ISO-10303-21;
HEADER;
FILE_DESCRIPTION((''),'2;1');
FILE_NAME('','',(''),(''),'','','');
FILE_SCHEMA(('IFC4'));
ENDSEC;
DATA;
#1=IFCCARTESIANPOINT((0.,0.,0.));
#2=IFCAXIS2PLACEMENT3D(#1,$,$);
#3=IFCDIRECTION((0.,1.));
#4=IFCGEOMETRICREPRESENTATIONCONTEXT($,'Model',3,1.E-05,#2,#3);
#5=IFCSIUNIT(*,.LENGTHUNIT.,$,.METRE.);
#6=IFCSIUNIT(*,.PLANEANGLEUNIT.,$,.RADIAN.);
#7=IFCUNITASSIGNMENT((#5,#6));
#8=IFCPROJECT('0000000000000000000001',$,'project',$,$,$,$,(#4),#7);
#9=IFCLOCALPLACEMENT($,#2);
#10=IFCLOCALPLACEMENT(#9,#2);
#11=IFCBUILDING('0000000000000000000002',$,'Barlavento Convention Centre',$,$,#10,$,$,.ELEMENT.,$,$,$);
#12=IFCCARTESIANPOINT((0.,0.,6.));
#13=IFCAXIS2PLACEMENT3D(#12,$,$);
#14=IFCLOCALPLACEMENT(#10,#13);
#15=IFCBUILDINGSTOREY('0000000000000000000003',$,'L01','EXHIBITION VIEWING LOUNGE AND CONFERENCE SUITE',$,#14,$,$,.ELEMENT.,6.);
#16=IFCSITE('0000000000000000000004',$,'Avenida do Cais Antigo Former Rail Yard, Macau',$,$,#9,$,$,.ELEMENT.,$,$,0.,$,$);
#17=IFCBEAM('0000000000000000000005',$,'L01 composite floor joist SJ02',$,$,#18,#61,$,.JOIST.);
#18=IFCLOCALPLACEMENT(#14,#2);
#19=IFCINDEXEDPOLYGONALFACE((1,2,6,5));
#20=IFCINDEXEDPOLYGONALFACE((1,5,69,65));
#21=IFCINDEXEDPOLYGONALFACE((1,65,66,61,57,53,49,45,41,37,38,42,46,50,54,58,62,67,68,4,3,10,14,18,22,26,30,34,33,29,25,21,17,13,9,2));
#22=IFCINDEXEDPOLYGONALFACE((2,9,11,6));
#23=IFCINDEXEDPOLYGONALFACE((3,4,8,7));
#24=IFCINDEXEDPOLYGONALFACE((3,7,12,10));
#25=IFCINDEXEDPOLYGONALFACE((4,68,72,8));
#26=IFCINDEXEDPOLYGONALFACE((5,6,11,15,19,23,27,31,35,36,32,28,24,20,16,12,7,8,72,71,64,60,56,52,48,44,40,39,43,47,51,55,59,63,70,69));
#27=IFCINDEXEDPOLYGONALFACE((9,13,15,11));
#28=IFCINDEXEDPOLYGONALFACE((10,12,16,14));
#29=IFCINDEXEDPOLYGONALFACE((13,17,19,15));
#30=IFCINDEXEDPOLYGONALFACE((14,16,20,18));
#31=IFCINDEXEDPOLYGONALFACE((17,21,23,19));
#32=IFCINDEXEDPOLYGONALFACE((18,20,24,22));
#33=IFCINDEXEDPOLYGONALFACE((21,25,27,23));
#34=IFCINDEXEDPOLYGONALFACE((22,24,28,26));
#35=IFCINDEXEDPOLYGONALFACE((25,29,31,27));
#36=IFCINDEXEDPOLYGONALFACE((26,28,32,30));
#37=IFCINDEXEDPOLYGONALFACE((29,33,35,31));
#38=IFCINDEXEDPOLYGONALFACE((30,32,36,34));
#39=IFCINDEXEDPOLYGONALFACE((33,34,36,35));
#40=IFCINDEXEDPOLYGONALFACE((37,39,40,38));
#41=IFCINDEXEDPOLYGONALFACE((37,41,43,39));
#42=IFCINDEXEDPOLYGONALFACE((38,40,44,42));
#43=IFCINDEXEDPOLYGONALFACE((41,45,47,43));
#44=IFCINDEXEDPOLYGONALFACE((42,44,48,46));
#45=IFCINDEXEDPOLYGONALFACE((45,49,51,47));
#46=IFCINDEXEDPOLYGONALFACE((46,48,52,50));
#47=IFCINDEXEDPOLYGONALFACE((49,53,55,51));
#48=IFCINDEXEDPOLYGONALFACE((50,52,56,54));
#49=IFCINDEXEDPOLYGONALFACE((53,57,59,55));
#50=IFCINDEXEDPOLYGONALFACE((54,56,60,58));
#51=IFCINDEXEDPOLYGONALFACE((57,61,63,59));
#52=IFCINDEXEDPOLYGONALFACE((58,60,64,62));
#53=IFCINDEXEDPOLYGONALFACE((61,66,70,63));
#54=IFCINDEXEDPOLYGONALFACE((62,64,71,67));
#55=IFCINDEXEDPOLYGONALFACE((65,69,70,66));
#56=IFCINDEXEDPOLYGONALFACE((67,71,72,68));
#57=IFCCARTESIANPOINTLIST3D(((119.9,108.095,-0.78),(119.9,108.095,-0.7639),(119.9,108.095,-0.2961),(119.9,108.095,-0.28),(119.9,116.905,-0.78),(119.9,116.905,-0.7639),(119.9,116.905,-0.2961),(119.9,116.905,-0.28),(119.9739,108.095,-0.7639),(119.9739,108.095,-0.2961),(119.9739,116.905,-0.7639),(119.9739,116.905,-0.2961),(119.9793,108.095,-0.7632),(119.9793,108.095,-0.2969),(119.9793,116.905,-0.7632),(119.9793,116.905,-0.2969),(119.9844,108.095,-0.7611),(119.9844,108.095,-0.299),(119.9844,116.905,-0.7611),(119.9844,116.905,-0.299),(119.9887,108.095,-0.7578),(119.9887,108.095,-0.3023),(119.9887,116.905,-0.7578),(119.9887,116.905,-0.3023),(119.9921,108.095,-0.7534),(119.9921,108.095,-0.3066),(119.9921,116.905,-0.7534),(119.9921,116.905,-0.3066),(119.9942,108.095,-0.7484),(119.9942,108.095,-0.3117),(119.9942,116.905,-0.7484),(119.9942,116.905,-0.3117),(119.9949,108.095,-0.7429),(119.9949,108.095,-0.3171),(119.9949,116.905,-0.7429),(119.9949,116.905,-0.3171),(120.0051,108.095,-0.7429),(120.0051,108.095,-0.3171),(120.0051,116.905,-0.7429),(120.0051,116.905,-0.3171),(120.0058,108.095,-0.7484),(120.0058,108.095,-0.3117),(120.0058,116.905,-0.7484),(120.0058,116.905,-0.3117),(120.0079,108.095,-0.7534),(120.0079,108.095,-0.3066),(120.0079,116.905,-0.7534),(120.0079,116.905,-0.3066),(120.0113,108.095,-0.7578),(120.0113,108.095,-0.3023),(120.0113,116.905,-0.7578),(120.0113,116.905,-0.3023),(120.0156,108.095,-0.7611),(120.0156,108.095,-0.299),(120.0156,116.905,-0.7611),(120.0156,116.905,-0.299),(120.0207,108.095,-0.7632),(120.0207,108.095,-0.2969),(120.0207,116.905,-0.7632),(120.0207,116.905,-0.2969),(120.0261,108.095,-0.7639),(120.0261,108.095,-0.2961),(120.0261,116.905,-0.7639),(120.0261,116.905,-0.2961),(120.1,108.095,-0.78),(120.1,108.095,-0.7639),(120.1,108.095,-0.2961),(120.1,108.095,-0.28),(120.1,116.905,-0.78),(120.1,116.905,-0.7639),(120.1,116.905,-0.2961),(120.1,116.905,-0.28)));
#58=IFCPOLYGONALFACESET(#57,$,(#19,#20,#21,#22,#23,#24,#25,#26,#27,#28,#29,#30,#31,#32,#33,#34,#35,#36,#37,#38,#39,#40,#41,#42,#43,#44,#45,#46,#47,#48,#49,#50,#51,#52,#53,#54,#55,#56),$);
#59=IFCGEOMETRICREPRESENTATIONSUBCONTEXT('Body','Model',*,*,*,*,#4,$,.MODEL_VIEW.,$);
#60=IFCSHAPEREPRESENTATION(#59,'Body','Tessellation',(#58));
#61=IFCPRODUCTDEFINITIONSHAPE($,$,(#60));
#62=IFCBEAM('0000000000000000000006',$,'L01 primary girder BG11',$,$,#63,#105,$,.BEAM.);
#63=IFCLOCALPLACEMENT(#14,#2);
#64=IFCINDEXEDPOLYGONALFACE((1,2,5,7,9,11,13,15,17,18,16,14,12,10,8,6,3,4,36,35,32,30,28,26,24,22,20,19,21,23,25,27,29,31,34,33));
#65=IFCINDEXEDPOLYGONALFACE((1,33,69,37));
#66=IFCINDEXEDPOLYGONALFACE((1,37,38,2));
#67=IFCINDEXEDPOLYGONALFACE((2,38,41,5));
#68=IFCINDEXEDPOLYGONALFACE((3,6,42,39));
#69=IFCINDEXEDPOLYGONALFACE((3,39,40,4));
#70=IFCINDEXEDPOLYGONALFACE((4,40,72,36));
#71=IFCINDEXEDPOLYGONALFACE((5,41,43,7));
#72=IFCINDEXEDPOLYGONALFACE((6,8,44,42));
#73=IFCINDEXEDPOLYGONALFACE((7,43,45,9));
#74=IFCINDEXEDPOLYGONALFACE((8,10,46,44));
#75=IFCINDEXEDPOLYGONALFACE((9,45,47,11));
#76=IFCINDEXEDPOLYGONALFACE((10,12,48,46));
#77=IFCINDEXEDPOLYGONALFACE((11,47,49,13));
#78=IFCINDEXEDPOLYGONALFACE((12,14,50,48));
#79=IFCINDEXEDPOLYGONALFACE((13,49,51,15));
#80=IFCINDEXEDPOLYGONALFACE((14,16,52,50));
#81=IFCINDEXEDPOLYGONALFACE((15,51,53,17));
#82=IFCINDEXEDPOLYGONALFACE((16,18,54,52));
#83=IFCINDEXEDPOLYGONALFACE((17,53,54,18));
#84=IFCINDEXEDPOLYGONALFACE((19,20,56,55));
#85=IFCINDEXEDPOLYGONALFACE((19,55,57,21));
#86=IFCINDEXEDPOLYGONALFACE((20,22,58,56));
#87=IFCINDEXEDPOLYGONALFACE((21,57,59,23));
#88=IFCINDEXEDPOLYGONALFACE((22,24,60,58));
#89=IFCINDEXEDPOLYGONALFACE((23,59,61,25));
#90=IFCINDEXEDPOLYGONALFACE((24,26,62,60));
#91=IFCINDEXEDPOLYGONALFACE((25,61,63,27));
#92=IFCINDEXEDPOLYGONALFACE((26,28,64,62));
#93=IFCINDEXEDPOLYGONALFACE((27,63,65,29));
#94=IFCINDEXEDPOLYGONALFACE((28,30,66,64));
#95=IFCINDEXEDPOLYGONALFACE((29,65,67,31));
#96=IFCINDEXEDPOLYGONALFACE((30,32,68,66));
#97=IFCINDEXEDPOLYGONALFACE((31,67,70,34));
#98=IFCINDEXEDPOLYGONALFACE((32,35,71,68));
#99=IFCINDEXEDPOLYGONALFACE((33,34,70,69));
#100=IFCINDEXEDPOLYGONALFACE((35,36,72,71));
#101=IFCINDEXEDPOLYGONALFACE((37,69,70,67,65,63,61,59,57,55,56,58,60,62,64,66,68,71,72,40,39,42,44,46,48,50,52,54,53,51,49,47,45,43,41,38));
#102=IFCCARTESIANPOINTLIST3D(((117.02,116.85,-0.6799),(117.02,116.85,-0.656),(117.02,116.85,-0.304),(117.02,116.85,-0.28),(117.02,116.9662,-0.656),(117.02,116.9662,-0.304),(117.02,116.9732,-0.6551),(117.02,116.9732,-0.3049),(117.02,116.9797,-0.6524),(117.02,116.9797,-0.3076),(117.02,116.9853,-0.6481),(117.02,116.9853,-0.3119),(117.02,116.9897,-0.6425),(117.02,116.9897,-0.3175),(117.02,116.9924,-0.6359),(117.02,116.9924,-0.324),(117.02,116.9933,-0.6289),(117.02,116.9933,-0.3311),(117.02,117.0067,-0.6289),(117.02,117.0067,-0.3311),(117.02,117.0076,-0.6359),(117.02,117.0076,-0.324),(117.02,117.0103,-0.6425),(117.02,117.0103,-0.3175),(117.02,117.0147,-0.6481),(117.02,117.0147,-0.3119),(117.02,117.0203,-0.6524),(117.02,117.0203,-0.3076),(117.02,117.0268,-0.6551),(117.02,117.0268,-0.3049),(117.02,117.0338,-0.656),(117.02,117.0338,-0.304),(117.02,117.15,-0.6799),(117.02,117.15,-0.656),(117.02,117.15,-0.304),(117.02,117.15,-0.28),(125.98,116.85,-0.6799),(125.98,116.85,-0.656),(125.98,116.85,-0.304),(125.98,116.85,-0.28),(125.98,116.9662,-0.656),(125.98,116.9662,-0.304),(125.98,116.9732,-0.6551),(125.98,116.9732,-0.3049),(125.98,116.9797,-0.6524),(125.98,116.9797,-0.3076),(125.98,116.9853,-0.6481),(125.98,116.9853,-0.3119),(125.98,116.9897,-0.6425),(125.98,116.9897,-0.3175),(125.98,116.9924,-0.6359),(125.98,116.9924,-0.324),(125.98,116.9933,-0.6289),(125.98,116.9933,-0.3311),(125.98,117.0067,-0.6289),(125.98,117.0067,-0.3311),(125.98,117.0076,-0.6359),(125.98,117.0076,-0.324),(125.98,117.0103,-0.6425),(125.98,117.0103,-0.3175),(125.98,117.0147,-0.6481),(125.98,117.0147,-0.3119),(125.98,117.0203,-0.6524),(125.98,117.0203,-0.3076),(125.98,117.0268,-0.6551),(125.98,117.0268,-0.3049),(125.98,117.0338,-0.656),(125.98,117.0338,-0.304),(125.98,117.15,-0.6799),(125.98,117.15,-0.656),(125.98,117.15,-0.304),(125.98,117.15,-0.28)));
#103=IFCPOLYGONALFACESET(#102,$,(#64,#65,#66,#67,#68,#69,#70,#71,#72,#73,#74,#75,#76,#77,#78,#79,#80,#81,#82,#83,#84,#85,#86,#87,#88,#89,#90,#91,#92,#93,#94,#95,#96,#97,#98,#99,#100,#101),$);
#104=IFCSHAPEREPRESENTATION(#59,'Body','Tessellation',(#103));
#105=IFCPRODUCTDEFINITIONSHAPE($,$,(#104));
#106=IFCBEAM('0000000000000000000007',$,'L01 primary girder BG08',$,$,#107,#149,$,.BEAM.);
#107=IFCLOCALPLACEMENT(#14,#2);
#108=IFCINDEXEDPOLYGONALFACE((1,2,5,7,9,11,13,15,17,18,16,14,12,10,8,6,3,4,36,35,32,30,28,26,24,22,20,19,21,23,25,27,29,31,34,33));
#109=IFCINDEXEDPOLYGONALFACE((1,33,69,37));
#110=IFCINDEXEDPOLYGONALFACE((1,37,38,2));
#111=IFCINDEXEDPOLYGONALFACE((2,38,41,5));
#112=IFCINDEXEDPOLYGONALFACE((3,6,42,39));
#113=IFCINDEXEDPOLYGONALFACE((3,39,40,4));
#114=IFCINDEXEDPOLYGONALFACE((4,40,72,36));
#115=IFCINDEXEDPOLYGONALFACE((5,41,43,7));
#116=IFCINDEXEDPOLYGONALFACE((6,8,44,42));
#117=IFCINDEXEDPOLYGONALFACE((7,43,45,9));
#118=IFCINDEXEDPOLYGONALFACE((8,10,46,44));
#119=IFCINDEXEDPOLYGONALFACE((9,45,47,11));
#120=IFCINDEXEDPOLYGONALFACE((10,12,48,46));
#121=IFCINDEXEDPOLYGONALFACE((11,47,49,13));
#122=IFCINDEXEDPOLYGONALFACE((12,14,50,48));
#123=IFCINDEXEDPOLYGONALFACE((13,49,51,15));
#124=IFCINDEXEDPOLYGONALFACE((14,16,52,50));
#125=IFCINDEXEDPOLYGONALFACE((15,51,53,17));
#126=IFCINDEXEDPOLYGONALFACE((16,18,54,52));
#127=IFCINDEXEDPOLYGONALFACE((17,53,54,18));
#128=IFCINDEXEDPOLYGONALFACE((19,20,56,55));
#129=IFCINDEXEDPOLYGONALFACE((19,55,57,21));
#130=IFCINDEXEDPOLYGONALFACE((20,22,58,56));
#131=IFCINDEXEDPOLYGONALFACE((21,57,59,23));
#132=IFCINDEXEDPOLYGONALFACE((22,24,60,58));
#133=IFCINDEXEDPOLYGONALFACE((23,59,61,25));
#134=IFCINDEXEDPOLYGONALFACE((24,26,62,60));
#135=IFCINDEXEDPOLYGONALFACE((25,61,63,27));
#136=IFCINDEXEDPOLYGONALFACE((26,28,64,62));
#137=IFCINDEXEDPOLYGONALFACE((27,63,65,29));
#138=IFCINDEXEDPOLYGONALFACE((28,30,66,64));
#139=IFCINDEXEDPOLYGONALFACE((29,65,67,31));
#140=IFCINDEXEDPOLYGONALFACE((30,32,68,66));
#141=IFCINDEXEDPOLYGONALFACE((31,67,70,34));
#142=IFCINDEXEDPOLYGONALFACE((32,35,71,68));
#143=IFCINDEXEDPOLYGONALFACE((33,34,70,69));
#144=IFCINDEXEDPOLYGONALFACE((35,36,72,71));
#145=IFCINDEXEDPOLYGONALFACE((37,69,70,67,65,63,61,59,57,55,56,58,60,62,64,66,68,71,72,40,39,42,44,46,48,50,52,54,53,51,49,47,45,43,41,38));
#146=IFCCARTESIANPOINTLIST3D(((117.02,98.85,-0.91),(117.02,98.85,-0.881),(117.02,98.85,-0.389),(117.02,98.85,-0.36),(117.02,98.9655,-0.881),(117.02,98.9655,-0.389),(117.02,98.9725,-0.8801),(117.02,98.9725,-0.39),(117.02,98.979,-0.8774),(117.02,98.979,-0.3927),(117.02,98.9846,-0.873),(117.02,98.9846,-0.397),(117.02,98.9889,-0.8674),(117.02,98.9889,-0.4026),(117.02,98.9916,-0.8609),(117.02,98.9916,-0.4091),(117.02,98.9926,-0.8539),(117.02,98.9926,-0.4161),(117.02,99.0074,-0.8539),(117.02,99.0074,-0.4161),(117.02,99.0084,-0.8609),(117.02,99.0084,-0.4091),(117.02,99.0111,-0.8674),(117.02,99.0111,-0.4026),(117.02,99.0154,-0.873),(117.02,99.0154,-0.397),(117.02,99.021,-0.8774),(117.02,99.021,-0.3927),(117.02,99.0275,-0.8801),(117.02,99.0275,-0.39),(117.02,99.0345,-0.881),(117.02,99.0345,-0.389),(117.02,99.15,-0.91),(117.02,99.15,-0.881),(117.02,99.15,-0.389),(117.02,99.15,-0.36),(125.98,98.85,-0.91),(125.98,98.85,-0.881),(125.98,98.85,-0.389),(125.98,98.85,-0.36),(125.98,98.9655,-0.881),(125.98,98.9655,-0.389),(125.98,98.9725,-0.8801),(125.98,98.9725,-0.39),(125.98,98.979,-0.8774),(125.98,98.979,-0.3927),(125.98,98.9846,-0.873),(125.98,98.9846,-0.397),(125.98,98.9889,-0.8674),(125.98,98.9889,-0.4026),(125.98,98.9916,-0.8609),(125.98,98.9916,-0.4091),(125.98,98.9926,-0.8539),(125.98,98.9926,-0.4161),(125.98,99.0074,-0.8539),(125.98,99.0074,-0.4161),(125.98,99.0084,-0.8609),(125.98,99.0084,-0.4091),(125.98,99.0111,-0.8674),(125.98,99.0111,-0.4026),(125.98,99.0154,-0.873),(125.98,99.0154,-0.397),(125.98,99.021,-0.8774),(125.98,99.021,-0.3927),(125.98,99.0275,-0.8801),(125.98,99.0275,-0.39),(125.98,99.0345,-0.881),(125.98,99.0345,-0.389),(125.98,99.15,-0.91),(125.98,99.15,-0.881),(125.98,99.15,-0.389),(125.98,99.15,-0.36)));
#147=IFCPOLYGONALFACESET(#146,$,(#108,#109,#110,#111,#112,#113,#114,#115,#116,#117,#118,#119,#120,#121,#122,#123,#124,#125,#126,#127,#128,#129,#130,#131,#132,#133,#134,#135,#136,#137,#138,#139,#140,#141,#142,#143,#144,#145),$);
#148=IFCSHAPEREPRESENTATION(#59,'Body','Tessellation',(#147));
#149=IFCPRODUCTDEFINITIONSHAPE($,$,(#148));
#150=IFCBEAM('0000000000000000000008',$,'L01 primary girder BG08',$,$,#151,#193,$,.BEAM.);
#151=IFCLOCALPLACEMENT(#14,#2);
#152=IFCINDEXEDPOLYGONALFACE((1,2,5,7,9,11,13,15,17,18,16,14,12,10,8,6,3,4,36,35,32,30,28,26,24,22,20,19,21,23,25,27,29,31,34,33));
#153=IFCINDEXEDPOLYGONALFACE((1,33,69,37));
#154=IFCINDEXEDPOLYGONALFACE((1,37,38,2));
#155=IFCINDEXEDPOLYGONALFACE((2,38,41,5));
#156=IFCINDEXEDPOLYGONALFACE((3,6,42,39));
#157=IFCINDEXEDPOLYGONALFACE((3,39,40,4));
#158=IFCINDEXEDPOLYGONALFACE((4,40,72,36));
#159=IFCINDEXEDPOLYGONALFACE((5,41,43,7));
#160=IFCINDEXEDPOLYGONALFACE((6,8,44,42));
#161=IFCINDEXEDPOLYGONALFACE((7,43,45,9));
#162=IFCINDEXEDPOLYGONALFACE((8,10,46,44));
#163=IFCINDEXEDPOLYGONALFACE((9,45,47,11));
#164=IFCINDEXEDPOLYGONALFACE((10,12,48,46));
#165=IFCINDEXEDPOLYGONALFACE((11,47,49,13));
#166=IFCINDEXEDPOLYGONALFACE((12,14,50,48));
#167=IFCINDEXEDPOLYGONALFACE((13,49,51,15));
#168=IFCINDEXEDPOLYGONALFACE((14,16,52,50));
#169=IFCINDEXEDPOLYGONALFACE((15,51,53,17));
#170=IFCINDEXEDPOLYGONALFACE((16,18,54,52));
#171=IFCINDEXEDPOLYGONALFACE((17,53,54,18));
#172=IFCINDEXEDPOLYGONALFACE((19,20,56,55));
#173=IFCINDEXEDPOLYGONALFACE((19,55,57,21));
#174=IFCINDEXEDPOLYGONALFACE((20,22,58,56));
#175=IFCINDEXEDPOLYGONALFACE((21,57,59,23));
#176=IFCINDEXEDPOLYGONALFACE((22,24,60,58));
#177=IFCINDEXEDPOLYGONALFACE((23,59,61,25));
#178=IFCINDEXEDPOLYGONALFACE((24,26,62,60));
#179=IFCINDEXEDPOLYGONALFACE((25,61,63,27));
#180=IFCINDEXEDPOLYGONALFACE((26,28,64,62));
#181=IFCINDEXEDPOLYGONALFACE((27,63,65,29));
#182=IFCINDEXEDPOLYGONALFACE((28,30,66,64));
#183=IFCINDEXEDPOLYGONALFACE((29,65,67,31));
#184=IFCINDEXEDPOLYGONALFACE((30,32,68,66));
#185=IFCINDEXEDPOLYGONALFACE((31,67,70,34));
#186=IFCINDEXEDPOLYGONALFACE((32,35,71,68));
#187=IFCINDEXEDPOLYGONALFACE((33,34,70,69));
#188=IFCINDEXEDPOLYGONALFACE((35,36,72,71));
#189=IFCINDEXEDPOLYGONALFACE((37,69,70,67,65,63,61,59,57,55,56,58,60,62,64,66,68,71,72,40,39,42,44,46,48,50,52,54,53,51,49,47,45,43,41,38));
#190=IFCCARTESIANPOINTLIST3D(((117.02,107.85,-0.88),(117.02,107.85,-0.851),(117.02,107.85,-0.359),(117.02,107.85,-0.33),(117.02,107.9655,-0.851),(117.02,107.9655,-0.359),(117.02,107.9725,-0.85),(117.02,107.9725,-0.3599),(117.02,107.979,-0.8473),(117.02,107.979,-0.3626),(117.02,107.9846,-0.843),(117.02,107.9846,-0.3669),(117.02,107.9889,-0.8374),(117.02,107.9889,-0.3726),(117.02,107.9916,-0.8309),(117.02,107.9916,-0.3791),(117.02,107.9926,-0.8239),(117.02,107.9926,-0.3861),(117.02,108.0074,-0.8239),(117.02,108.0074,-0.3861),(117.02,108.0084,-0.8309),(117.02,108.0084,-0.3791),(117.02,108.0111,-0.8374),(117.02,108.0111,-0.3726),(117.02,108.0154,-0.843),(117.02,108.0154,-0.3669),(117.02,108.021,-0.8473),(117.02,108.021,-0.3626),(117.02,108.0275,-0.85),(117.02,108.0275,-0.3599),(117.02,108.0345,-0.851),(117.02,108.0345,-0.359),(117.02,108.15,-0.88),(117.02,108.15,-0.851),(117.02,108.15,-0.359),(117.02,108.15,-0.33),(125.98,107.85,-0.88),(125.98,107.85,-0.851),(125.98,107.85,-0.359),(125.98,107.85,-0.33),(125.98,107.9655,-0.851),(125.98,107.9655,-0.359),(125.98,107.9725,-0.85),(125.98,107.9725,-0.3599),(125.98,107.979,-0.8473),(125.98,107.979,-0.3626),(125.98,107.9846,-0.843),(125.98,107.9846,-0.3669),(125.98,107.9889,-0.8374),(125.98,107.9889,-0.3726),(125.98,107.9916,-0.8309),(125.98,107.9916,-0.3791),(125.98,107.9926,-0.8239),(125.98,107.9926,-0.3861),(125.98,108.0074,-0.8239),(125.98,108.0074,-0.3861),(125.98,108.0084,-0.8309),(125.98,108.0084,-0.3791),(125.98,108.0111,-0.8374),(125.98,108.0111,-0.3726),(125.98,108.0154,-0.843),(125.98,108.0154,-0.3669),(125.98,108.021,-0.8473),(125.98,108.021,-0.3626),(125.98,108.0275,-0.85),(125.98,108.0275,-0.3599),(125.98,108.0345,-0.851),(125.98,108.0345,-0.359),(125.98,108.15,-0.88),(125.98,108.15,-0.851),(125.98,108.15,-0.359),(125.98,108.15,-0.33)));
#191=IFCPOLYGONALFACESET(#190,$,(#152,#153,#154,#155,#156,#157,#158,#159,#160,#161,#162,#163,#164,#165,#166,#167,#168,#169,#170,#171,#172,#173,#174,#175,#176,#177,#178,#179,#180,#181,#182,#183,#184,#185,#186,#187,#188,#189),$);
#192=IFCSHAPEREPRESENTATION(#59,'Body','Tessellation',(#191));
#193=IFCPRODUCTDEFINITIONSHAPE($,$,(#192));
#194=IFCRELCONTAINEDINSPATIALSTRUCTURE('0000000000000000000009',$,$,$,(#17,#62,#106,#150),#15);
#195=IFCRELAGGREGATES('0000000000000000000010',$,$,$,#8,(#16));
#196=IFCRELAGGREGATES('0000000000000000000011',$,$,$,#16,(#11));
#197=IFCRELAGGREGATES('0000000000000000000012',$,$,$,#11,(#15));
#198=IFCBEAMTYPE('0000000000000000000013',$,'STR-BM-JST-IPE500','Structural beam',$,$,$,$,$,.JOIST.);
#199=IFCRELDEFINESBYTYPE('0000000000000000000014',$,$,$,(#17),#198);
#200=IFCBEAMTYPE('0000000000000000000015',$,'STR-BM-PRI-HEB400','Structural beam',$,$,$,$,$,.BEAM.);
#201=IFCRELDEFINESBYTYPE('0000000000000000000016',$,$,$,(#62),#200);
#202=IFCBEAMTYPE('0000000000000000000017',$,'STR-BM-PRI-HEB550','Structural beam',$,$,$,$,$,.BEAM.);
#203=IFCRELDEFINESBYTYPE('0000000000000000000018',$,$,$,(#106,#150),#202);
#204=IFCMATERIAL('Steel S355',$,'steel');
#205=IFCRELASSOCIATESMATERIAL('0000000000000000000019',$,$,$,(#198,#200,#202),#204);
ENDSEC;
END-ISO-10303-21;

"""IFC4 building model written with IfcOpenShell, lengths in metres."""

from ifc_helpers import new_model, si_unit, direction, frame, origin, origin_2d, place, context, subcontext, project, spatial, i_section, extrude, material, material_profile, profile_set, type_object, element, save


model = new_model("IFC4")

# Units and contexts
model_context = context("Model", 3, precision=1e-05, world=origin(), true_north=direction((0.0, 1.0)))
body_context = subcontext(model_context, "Body", "Model", "MODEL_VIEW")
ifc_project = project(units=[si_unit("LENGTHUNIT", "METRE"), si_unit("PLANEANGLEUNIT", "RADIAN")], contexts=[model_context])

# Site, building, storey
site_placement = place(None, origin())
site = spatial("IfcSite", under=ifc_project, at=site_placement, Name="Avenida do Cais Antigo Former Rail Yard, Macau", CompositionType="ELEMENT", RefElevation=0.0)
building_placement = place(site_placement, origin())
building = spatial("IfcBuilding", under=site, at=building_placement, Name="Barlavento Convention Centre", CompositionType="ELEMENT")
storey_placement = place(building_placement, frame((0.0, 0.0, 6.0)))
storey = spatial("IfcBuildingStorey", under=building, at=storey_placement, Name="L01", Description="EXHIBITION VIEWING LOUNGE AND CONFERENCE SUITE", CompositionType="ELEMENT", Elevation=6.0)

# Shared definitions
ifc_material_1 = material(Name="Steel S355", Category="steel")

# Beams
ifc_material_profile_1 = material_profile(ifc_material_1, i_section(OverallWidth=0.2, OverallDepth=0.5, WebThickness=0.0103, FlangeThickness=0.0161, FilletRadius=0.021, at=origin_2d()), Name="IPE 500")
ifc_profile_set_1 = profile_set([ifc_material_profile_1], Name="Steel S355")
beam_type_1 = type_object("IfcBeamType", Name="STR-BM-JST-IPE500", Description="Structural beam", PredefinedType="JOIST", material=ifc_profile_set_1)
beam_1_placement = place(storey_placement, frame((120.0, 108.095, -0.53), z_axis=(0.0, 1.0, 0.0), x_axis=(-1.0, 0.0, 0.0)))
element("IfcBeam", 1, at=beam_1_placement, inside=storey, type_object=beam_type_1, Name="L01 composite floor joist SJ02", PredefinedType="JOIST", context=body_context, shape_type="SweptSolid", body=[
    extrude(i_section(OverallWidth=0.2, OverallDepth=0.5, WebThickness=0.0103, FlangeThickness=0.0161, FilletRadius=0.021, at=origin_2d()), origin(), (0.0, 0.0, 1.0), 8.8101),
])
ifc_material_profile_2 = material_profile(ifc_material_1, i_section(OverallWidth=0.3, OverallDepth=0.3999, WebThickness=0.0134, FlangeThickness=0.0239, FilletRadius=0.0271, at=origin_2d()), Name="HEB 400")
ifc_profile_set_2 = profile_set([ifc_material_profile_2], Name="Steel S355")
beam_type_2 = type_object("IfcBeamType", Name="STR-BM-PRI-HEB400", Description="Structural beam", PredefinedType="BEAM", material=ifc_profile_set_2)
beam_2_placement = place(storey_placement, frame((117.02, 117.0, -0.48), z_axis=(1.0, 0.0, 0.0), x_axis=(0.0, 1.0, 0.0)))
element("IfcBeam", 2, at=beam_2_placement, inside=storey, type_object=beam_type_2, Name="L01 primary girder BG11", PredefinedType="BEAM", context=body_context, shape_type="SweptSolid", body=[
    extrude(i_section(OverallWidth=0.3, OverallDepth=0.3999, WebThickness=0.0134, FlangeThickness=0.0239, FilletRadius=0.0271, at=origin_2d()), origin(), (0.0, 0.0, 1.0), 8.96),
])
ifc_material_profile_3 = material_profile(ifc_material_1, i_section(OverallWidth=0.3, OverallDepth=0.55, WebThickness=0.0149, FlangeThickness=0.0291, FilletRadius=0.0271, at=origin_2d()), Name="HEB 550")
ifc_profile_set_3 = profile_set([ifc_material_profile_3], Name="Steel S355")
beam_type_3 = type_object("IfcBeamType", Name="STR-BM-PRI-HEB550", Description="Structural beam", PredefinedType="BEAM", material=ifc_profile_set_3)
for number, where, z_axis, x_axis, name in (
    (3, (117.02, 99.0, -0.635), (1.0, 0.0, 0.0), (0.0, 1.0, 0.0), "L01 primary girder BG08"),
    (4, (117.02, 108.0, -0.605), (1.0, 0.0, 0.0), (0.0, 1.0, 0.0), "L01 primary girder BG08"),
):
    element("IfcBeam", number, at=place(storey_placement, frame(where, z_axis=z_axis, x_axis=x_axis)), inside=storey, type_object=beam_type_3, Name=name, PredefinedType="BEAM", context=body_context, shape_type="SweptSolid", body=[
        extrude(i_section(OverallWidth=0.3, OverallDepth=0.55, WebThickness=0.0149, FlangeThickness=0.0291, FilletRadius=0.0271, at=origin_2d()), origin(), (0.0, 0.0, 1.0), 8.96),
    ])

save(model, "model.ifc")
